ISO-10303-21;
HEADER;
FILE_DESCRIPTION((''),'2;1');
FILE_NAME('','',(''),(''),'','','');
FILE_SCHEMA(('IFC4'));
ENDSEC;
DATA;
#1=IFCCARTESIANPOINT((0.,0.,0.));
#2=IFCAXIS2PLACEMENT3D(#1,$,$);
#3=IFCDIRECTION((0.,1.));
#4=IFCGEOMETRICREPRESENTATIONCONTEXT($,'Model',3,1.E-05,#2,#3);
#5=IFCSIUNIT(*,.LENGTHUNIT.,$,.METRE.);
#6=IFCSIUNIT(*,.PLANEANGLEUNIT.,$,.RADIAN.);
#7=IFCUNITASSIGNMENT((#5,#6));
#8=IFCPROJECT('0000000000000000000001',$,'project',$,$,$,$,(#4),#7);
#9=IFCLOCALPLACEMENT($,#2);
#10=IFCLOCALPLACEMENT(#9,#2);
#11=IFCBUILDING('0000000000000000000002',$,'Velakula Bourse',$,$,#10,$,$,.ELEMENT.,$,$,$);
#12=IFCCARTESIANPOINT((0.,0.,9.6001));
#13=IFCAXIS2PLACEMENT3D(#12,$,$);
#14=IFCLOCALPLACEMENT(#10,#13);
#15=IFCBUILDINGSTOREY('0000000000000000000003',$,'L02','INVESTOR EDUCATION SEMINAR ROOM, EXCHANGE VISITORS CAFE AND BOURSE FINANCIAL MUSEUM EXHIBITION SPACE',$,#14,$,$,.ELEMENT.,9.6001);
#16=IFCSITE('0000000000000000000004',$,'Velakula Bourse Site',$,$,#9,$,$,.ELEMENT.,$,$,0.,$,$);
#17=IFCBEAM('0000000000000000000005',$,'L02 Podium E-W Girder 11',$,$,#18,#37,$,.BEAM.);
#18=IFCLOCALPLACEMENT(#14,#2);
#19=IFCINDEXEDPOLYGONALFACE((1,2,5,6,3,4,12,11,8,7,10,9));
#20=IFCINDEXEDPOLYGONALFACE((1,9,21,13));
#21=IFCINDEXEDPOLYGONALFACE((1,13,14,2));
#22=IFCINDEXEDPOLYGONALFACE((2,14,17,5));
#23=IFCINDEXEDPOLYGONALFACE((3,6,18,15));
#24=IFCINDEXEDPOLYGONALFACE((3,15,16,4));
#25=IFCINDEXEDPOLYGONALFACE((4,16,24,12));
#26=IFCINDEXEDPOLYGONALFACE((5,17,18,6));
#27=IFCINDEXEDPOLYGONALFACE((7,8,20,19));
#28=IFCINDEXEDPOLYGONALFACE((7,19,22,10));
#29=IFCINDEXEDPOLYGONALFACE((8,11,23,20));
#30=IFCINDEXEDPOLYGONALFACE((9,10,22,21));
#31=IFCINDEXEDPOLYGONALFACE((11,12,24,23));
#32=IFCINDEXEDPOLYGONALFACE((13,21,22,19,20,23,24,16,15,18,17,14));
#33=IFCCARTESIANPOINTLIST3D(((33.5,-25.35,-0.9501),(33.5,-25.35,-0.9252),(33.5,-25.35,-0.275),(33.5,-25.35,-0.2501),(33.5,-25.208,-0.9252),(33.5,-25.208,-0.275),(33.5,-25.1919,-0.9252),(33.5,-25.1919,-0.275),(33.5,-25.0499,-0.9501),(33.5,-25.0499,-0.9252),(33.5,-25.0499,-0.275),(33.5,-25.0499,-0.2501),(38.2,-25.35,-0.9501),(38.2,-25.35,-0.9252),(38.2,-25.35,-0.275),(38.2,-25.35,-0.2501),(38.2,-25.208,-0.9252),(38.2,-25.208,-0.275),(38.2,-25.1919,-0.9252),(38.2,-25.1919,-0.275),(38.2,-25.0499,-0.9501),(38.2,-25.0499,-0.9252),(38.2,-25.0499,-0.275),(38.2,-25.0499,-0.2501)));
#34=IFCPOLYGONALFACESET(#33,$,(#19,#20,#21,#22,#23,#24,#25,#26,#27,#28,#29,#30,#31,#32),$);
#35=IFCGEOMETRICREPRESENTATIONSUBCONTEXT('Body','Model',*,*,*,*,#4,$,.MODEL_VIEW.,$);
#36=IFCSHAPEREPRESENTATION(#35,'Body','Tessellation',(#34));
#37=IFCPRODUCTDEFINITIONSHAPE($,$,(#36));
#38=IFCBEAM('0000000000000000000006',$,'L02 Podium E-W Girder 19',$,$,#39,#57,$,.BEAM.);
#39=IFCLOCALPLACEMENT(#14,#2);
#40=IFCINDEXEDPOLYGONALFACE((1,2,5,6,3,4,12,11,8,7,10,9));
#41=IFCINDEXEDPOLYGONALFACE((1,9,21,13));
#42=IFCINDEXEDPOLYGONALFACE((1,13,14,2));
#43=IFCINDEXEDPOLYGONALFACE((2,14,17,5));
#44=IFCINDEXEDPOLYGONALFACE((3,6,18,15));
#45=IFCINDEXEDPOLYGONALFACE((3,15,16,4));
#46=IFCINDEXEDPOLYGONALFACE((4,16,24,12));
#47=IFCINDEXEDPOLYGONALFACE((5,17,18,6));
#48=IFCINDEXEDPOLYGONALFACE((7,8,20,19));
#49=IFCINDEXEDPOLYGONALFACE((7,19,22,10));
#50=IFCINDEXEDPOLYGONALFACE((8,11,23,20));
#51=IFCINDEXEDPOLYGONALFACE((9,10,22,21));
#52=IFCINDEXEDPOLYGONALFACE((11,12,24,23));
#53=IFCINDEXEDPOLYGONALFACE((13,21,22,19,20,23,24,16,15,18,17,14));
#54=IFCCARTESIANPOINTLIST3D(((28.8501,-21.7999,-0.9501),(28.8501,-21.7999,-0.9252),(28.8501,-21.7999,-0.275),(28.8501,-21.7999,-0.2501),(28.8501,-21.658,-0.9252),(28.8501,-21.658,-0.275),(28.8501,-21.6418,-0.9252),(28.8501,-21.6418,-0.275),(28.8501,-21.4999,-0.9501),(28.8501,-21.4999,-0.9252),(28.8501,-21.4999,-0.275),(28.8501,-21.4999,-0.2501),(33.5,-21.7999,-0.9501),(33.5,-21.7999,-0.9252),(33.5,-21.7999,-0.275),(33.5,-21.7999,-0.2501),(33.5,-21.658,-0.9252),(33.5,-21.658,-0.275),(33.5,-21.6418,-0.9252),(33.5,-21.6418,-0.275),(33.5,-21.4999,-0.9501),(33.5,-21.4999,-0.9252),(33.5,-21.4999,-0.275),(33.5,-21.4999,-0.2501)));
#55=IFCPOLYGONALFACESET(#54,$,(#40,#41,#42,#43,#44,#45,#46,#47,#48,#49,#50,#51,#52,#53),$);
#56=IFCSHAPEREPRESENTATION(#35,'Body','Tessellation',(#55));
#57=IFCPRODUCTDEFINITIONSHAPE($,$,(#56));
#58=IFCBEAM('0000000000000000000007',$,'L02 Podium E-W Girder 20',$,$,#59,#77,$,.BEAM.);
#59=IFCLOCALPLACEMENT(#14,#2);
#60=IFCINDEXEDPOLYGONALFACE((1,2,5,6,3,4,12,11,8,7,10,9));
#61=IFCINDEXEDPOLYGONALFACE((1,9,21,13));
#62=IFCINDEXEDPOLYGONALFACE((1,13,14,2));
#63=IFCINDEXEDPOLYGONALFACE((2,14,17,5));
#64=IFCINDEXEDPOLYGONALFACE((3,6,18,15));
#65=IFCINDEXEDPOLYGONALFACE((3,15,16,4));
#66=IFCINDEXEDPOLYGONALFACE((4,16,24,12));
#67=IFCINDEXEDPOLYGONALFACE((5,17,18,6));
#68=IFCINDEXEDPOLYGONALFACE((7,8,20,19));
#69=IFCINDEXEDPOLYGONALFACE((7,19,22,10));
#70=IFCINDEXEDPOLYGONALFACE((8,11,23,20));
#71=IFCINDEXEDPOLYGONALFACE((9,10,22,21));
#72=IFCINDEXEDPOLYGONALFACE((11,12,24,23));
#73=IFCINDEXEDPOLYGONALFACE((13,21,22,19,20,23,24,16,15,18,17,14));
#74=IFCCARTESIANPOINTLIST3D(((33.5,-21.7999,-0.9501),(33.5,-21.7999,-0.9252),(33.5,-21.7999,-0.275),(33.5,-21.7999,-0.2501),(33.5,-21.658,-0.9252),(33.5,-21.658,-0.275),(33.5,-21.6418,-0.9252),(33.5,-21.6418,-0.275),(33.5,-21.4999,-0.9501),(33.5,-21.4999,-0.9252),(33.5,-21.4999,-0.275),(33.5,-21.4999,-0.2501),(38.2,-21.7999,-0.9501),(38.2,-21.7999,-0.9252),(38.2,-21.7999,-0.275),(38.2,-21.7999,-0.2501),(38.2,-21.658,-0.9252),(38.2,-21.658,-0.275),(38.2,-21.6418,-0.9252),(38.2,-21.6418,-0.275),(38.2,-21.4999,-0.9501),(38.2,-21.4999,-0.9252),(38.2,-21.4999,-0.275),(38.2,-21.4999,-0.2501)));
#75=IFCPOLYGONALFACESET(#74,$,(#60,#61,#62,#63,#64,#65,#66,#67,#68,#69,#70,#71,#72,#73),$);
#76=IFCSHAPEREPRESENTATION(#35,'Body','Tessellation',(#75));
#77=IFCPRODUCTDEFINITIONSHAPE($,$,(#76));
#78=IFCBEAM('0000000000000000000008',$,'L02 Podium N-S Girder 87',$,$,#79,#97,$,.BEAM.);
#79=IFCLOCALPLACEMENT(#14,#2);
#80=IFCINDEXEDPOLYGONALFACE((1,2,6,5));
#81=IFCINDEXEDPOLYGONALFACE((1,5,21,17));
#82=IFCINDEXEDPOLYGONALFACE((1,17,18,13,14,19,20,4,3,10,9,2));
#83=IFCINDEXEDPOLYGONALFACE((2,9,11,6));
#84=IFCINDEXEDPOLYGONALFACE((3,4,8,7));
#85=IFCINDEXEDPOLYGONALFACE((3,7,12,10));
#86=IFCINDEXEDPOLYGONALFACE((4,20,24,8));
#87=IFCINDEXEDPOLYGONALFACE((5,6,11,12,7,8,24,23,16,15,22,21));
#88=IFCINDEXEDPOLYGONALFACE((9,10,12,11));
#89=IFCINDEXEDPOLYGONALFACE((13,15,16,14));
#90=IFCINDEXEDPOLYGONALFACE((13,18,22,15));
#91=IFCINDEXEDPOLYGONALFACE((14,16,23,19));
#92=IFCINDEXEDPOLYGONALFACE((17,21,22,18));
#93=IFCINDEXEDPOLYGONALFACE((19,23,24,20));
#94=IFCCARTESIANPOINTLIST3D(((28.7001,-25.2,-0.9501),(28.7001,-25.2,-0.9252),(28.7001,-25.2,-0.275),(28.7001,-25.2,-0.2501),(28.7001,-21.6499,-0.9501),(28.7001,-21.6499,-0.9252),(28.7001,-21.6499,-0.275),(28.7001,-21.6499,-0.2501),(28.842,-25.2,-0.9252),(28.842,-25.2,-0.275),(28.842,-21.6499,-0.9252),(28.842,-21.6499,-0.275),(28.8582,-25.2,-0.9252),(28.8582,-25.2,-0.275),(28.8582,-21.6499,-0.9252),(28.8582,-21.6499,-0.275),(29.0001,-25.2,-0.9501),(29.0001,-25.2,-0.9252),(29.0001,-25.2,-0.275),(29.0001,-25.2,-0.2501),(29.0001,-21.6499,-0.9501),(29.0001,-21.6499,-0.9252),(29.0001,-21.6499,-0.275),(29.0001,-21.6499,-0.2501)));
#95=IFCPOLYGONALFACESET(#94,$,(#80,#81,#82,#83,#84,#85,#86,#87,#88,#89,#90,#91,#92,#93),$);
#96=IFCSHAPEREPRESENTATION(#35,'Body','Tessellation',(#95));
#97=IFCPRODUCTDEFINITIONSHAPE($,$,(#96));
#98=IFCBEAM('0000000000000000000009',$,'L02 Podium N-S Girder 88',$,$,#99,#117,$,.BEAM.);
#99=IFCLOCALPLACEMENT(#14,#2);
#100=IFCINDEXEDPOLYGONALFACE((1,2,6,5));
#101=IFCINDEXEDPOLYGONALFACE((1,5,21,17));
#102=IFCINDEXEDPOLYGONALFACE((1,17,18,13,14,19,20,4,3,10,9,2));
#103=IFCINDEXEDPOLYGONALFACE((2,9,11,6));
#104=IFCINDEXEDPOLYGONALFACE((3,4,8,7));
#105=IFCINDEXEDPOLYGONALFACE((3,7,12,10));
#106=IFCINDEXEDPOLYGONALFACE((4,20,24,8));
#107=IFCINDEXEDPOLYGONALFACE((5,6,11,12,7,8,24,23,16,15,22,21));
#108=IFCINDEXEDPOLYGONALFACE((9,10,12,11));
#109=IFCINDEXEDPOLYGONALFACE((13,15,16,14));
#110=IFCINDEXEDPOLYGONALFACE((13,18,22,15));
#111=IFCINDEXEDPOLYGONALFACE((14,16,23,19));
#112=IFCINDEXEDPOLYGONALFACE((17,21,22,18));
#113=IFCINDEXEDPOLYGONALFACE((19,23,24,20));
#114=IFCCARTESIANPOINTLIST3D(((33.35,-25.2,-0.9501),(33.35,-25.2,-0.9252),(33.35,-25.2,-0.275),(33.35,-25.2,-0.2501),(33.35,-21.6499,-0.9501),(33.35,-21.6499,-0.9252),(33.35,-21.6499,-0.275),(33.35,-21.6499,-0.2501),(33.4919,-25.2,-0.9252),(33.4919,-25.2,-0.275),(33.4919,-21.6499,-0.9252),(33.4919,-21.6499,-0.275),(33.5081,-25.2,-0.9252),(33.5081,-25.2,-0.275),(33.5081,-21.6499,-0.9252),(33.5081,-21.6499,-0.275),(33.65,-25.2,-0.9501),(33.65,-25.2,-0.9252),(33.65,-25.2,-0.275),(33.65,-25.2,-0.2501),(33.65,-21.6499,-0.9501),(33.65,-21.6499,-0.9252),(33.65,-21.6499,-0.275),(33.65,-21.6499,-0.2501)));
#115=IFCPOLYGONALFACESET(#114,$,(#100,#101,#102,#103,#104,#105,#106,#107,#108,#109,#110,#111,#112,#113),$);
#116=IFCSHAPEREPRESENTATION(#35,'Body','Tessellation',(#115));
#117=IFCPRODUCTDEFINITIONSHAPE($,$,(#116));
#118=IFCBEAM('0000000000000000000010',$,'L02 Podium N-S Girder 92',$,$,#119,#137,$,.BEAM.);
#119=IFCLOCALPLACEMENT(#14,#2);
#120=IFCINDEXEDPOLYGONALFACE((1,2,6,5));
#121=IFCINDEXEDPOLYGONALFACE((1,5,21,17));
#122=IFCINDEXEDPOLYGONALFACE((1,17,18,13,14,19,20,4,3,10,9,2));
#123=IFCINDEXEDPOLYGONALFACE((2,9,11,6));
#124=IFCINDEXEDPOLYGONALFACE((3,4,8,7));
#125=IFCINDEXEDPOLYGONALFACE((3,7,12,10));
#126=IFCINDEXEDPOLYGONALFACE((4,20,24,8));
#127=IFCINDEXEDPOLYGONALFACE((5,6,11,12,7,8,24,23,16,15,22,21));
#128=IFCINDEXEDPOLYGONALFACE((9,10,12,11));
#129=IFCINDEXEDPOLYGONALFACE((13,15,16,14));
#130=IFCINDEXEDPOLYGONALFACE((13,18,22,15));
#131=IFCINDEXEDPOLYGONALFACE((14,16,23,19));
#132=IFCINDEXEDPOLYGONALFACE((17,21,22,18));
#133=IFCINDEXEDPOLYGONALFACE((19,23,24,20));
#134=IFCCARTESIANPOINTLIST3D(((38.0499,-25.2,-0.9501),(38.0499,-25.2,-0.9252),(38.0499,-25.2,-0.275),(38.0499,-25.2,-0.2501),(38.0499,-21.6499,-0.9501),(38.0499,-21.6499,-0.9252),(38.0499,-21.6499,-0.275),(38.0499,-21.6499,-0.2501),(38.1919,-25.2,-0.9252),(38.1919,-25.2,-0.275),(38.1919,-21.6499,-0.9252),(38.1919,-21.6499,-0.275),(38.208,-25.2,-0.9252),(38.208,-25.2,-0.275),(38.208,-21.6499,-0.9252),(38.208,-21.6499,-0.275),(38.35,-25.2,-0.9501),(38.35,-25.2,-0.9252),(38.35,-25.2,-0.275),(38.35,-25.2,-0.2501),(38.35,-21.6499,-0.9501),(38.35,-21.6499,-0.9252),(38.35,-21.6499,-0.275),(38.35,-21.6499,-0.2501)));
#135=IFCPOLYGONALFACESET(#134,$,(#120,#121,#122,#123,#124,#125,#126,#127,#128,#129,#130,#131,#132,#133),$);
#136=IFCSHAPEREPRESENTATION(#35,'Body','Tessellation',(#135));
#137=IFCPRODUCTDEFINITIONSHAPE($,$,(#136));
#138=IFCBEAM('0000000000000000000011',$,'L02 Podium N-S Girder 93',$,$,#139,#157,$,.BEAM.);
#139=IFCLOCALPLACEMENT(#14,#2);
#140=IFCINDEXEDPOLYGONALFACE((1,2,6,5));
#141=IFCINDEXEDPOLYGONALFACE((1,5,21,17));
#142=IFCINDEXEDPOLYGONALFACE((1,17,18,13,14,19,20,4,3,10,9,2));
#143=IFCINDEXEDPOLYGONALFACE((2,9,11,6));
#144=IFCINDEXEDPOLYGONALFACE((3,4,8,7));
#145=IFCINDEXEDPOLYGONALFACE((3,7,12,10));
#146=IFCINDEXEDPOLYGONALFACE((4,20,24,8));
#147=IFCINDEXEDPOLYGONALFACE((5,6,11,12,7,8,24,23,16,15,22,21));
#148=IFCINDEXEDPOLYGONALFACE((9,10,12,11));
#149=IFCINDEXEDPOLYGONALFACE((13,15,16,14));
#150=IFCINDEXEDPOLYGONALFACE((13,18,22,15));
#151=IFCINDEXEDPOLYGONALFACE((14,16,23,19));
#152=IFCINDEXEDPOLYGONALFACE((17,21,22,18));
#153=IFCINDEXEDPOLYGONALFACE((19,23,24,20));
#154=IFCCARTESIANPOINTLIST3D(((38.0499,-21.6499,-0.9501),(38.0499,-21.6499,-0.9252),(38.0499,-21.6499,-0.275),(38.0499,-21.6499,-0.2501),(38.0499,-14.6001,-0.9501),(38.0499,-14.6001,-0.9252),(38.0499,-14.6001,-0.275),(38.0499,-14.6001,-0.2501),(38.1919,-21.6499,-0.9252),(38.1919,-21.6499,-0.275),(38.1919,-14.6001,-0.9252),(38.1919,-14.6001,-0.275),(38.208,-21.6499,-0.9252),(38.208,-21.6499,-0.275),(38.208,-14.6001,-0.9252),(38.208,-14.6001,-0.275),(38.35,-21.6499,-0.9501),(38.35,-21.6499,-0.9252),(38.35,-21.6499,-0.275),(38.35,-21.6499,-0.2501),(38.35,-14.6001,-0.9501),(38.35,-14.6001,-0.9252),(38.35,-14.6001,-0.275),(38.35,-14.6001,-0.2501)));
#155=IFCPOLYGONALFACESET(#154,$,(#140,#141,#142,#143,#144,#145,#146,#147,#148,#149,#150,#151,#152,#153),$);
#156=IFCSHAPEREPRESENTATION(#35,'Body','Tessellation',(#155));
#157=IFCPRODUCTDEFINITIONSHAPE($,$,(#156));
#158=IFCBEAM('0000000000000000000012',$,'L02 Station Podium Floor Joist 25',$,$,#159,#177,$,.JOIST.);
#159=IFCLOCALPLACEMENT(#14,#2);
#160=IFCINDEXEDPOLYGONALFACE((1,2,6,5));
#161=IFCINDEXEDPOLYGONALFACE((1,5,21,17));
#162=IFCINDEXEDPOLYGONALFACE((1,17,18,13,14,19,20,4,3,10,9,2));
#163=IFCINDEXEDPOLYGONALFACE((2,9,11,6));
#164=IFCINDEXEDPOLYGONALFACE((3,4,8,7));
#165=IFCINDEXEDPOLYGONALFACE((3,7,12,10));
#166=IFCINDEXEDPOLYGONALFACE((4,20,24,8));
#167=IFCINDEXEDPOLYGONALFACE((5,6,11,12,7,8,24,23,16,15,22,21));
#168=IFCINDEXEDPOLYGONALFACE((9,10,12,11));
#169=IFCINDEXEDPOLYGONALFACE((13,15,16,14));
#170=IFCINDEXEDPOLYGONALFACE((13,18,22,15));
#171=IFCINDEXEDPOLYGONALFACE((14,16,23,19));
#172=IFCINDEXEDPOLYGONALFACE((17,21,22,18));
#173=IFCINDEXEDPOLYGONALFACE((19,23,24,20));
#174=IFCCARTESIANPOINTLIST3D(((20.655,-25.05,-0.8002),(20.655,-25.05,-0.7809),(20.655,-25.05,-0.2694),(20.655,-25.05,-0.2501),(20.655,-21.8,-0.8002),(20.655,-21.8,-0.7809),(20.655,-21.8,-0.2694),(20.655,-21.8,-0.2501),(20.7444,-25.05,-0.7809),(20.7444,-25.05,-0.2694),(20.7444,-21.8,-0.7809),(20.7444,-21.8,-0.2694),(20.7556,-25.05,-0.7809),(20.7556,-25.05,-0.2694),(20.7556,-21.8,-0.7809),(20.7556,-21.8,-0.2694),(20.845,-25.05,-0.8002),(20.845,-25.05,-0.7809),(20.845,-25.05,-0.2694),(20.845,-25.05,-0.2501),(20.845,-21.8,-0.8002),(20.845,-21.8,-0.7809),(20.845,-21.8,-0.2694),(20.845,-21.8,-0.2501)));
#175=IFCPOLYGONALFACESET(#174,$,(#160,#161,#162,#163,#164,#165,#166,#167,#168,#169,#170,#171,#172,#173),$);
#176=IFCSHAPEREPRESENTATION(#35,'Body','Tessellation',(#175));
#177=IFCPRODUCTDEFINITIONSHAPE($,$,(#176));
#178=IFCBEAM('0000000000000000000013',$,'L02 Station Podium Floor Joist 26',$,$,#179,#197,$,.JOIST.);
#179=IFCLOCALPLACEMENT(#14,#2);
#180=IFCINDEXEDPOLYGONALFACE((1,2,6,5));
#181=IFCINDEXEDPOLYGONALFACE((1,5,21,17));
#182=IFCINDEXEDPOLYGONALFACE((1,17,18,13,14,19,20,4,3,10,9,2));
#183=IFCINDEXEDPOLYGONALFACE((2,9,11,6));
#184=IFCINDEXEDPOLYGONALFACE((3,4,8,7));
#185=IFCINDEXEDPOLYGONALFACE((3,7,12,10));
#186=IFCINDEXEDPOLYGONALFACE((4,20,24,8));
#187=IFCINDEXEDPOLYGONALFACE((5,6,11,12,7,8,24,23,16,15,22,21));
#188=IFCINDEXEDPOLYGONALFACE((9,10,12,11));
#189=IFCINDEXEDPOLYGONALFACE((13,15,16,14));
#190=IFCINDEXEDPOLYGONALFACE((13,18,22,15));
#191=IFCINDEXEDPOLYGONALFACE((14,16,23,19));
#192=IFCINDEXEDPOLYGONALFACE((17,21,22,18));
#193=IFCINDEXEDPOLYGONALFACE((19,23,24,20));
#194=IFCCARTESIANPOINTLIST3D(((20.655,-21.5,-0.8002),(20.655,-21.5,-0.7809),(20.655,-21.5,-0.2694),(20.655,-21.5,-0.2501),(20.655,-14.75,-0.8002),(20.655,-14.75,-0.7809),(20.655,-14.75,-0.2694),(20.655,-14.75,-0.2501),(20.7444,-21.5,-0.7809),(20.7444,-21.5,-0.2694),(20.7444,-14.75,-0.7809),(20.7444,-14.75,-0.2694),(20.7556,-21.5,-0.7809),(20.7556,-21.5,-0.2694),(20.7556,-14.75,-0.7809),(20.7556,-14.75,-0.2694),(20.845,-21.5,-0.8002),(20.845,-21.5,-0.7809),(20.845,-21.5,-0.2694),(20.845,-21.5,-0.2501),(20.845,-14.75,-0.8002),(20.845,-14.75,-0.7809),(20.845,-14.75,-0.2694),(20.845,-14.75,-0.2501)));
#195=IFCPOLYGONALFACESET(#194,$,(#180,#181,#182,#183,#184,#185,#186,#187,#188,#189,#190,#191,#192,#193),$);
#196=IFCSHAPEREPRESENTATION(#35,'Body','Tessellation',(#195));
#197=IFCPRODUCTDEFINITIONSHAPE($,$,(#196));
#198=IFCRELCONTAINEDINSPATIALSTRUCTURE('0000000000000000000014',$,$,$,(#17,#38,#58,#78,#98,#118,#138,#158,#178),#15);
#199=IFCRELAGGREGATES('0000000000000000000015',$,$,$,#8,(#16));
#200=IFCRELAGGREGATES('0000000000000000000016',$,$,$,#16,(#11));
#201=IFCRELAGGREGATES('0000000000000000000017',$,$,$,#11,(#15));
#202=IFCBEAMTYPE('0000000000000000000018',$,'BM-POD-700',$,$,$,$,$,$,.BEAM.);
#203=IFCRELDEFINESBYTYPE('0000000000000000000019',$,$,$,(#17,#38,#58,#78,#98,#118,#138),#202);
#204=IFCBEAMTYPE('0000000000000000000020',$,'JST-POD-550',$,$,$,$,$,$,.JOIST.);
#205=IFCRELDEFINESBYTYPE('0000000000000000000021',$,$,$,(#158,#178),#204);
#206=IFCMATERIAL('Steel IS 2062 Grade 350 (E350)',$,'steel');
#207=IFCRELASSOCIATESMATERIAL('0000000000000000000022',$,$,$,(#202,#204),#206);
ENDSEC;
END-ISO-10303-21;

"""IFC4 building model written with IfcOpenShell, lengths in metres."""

from ifc_helpers import new_model, si_unit, direction, frame, origin, origin_2d, place, context, subcontext, project, spatial, i_section, extrude, material, material_profile, profile_set, type_object, element, save


model = new_model("IFC4")

# Units and contexts
model_context = context("Model", 3, precision=1e-05, world=origin(), true_north=direction((0.0, 1.0)))
body_context = subcontext(model_context, "Body", "Model", "MODEL_VIEW")
ifc_project = project(units=[si_unit("LENGTHUNIT", "METRE"), si_unit("PLANEANGLEUNIT", "RADIAN")], contexts=[model_context])

# Site, building, storey
site_placement = place(None, origin())
site = spatial("IfcSite", under=ifc_project, at=site_placement, Name="Velakula Bourse Site", CompositionType="ELEMENT", RefElevation=0.0)
building_placement = place(site_placement, origin())
building = spatial("IfcBuilding", under=site, at=building_placement, Name="Velakula Bourse", CompositionType="ELEMENT")
storey_placement = place(building_placement, frame((0.0, 0.0, 9.6001)))
storey = spatial("IfcBuildingStorey", under=building, at=storey_placement, Name="L02", Description="INVESTOR EDUCATION SEMINAR ROOM, EXCHANGE VISITORS CAFE AND BOURSE FINANCIAL MUSEUM EXHIBITION SPACE", CompositionType="ELEMENT", Elevation=9.6001)

# Beams
ifc_material_1 = material(Name="Steel IS 2062 Grade 350 (E350)", Category="steel")
ifc_material_profile_1 = material_profile(ifc_material_1, i_section(OverallWidth=0.3, OverallDepth=0.7, WebThickness=0.0161, FlangeThickness=0.0249, at=origin_2d()), Name="Steel IS 2062 Grade 350 (E350)")
ifc_profile_set_1 = profile_set([ifc_material_profile_1], Name="Steel IS 2062 Grade 350 (E350)")
beam_type_1 = type_object("IfcBeamType", Name="BM-POD-700", PredefinedType="BEAM", material=ifc_profile_set_1)
beam_1_placement = place(storey_placement, frame((33.5, -25.2, -0.6001), z_axis=(1.0, 0.0, 0.0), x_axis=(0.0, 1.0, 0.0)))
element("IfcBeam", 1, at=beam_1_placement, inside=storey, type_object=beam_type_1, Name="L02 Podium E-W Girder 11", PredefinedType="BEAM", context=body_context, shape_type="SweptSolid", body=[
    extrude(i_section(OverallWidth=0.3, OverallDepth=0.7, WebThickness=0.0161, FlangeThickness=0.0249, at=origin_2d()), origin(), (0.0, 0.0, 1.0), 4.7),
])
beam_2_placement = place(storey_placement, frame((28.8501, -21.6499, -0.6001), z_axis=(1.0, 0.0, 0.0), x_axis=(0.0, 1.0, 0.0)))
element("IfcBeam", 2, at=beam_2_placement, inside=storey, type_object=beam_type_1, Name="L02 Podium E-W Girder 19", PredefinedType="BEAM", context=body_context, shape_type="SweptSolid", body=[
    extrude(i_section(OverallWidth=0.3, OverallDepth=0.7, WebThickness=0.0161, FlangeThickness=0.0249, at=origin_2d()), origin(), (0.0, 0.0, 1.0), 4.6499),
])
beam_3_placement = place(storey_placement, frame((33.5, -21.6499, -0.6001), z_axis=(1.0, 0.0, 0.0), x_axis=(0.0, 1.0, 0.0)))
element("IfcBeam", 3, at=beam_3_placement, inside=storey, type_object=beam_type_1, Name="L02 Podium E-W Girder 20", PredefinedType="BEAM", context=body_context, shape_type="SweptSolid", body=[
    extrude(i_section(OverallWidth=0.3, OverallDepth=0.7, WebThickness=0.0161, FlangeThickness=0.0249, at=origin_2d()), origin(), (0.0, 0.0, 1.0), 4.7),
])
for number, where, z_axis, x_axis, name in (
    (4, (28.8501, -25.2, -0.6001), (0.0, 1.0, 0.0), (-1.0, 0.0, 0.0), "L02 Podium N-S Girder 87"),
    (5, (33.5, -25.2, -0.6001), (0.0, 1.0, 0.0), (-1.0, 0.0, 0.0), "L02 Podium N-S Girder 88"),
    (6, (38.2, -25.2, -0.6001), (0.0, 1.0, 0.0), (-1.0, 0.0, 0.0), "L02 Podium N-S Girder 92"),
):
    element("IfcBeam", number, at=place(storey_placement, frame(where, z_axis=z_axis, x_axis=x_axis)), inside=storey, type_object=beam_type_1, Name=name, PredefinedType="BEAM", context=body_context, shape_type="SweptSolid", body=[
        extrude(i_section(OverallWidth=0.3, OverallDepth=0.7, WebThickness=0.0161, FlangeThickness=0.0249, at=origin_2d()), origin(), (0.0, 0.0, 1.0), 3.55),
    ])
beam_4_placement = place(storey_placement, frame((38.2, -21.6499, -0.6001), z_axis=(0.0, 1.0, 0.0), x_axis=(-1.0, 0.0, 0.0)))
element("IfcBeam", 7, at=beam_4_placement, inside=storey, type_object=beam_type_1, Name="L02 Podium N-S Girder 93", PredefinedType="BEAM", context=body_context, shape_type="SweptSolid", body=[
    extrude(i_section(OverallWidth=0.3, OverallDepth=0.7, WebThickness=0.0161, FlangeThickness=0.0249, at=origin_2d()), origin(), (0.0, 0.0, 1.0), 7.0498),
])
ifc_material_profile_2 = material_profile(ifc_material_1, i_section(OverallWidth=0.1899, OverallDepth=0.55, WebThickness=0.0112, FlangeThickness=0.0193, at=origin_2d()), Name="Steel IS 2062 Grade 350 (E350)")
ifc_profile_set_2 = profile_set([ifc_material_profile_2], Name="Steel IS 2062 Grade 350 (E350)")
beam_type_2 = type_object("IfcBeamType", Name="JST-POD-550", PredefinedType="JOIST", material=ifc_profile_set_2)
beam_5_placement = place(storey_placement, frame((20.75, -25.05, -0.5251), z_axis=(0.0, 1.0, 0.0), x_axis=(-1.0, 0.0, 0.0)))
element("IfcBeam", 8, at=beam_5_placement, inside=storey, type_object=beam_type_2, Name="L02 Station Podium Floor Joist 25", PredefinedType="JOIST", context=body_context, shape_type="SweptSolid", body=[
    extrude(i_section(OverallWidth=0.1899, OverallDepth=0.55, WebThickness=0.0112, FlangeThickness=0.0193, at=origin_2d()), origin(), (0.0, 0.0, 1.0), 3.25),
])
beam_6_placement = place(storey_placement, frame((20.75, -21.5, -0.5251), z_axis=(0.0, 1.0, 0.0), x_axis=(-1.0, 0.0, 0.0)))
element("IfcBeam", 9, at=beam_6_placement, inside=storey, type_object=beam_type_2, Name="L02 Station Podium Floor Joist 26", PredefinedType="JOIST", context=body_context, shape_type="SweptSolid", body=[
    extrude(i_section(OverallWidth=0.1899, OverallDepth=0.55, WebThickness=0.0112, FlangeThickness=0.0193, at=origin_2d()), origin(), (0.0, 0.0, 1.0), 6.75),
])

save(model, "model.ifc")
